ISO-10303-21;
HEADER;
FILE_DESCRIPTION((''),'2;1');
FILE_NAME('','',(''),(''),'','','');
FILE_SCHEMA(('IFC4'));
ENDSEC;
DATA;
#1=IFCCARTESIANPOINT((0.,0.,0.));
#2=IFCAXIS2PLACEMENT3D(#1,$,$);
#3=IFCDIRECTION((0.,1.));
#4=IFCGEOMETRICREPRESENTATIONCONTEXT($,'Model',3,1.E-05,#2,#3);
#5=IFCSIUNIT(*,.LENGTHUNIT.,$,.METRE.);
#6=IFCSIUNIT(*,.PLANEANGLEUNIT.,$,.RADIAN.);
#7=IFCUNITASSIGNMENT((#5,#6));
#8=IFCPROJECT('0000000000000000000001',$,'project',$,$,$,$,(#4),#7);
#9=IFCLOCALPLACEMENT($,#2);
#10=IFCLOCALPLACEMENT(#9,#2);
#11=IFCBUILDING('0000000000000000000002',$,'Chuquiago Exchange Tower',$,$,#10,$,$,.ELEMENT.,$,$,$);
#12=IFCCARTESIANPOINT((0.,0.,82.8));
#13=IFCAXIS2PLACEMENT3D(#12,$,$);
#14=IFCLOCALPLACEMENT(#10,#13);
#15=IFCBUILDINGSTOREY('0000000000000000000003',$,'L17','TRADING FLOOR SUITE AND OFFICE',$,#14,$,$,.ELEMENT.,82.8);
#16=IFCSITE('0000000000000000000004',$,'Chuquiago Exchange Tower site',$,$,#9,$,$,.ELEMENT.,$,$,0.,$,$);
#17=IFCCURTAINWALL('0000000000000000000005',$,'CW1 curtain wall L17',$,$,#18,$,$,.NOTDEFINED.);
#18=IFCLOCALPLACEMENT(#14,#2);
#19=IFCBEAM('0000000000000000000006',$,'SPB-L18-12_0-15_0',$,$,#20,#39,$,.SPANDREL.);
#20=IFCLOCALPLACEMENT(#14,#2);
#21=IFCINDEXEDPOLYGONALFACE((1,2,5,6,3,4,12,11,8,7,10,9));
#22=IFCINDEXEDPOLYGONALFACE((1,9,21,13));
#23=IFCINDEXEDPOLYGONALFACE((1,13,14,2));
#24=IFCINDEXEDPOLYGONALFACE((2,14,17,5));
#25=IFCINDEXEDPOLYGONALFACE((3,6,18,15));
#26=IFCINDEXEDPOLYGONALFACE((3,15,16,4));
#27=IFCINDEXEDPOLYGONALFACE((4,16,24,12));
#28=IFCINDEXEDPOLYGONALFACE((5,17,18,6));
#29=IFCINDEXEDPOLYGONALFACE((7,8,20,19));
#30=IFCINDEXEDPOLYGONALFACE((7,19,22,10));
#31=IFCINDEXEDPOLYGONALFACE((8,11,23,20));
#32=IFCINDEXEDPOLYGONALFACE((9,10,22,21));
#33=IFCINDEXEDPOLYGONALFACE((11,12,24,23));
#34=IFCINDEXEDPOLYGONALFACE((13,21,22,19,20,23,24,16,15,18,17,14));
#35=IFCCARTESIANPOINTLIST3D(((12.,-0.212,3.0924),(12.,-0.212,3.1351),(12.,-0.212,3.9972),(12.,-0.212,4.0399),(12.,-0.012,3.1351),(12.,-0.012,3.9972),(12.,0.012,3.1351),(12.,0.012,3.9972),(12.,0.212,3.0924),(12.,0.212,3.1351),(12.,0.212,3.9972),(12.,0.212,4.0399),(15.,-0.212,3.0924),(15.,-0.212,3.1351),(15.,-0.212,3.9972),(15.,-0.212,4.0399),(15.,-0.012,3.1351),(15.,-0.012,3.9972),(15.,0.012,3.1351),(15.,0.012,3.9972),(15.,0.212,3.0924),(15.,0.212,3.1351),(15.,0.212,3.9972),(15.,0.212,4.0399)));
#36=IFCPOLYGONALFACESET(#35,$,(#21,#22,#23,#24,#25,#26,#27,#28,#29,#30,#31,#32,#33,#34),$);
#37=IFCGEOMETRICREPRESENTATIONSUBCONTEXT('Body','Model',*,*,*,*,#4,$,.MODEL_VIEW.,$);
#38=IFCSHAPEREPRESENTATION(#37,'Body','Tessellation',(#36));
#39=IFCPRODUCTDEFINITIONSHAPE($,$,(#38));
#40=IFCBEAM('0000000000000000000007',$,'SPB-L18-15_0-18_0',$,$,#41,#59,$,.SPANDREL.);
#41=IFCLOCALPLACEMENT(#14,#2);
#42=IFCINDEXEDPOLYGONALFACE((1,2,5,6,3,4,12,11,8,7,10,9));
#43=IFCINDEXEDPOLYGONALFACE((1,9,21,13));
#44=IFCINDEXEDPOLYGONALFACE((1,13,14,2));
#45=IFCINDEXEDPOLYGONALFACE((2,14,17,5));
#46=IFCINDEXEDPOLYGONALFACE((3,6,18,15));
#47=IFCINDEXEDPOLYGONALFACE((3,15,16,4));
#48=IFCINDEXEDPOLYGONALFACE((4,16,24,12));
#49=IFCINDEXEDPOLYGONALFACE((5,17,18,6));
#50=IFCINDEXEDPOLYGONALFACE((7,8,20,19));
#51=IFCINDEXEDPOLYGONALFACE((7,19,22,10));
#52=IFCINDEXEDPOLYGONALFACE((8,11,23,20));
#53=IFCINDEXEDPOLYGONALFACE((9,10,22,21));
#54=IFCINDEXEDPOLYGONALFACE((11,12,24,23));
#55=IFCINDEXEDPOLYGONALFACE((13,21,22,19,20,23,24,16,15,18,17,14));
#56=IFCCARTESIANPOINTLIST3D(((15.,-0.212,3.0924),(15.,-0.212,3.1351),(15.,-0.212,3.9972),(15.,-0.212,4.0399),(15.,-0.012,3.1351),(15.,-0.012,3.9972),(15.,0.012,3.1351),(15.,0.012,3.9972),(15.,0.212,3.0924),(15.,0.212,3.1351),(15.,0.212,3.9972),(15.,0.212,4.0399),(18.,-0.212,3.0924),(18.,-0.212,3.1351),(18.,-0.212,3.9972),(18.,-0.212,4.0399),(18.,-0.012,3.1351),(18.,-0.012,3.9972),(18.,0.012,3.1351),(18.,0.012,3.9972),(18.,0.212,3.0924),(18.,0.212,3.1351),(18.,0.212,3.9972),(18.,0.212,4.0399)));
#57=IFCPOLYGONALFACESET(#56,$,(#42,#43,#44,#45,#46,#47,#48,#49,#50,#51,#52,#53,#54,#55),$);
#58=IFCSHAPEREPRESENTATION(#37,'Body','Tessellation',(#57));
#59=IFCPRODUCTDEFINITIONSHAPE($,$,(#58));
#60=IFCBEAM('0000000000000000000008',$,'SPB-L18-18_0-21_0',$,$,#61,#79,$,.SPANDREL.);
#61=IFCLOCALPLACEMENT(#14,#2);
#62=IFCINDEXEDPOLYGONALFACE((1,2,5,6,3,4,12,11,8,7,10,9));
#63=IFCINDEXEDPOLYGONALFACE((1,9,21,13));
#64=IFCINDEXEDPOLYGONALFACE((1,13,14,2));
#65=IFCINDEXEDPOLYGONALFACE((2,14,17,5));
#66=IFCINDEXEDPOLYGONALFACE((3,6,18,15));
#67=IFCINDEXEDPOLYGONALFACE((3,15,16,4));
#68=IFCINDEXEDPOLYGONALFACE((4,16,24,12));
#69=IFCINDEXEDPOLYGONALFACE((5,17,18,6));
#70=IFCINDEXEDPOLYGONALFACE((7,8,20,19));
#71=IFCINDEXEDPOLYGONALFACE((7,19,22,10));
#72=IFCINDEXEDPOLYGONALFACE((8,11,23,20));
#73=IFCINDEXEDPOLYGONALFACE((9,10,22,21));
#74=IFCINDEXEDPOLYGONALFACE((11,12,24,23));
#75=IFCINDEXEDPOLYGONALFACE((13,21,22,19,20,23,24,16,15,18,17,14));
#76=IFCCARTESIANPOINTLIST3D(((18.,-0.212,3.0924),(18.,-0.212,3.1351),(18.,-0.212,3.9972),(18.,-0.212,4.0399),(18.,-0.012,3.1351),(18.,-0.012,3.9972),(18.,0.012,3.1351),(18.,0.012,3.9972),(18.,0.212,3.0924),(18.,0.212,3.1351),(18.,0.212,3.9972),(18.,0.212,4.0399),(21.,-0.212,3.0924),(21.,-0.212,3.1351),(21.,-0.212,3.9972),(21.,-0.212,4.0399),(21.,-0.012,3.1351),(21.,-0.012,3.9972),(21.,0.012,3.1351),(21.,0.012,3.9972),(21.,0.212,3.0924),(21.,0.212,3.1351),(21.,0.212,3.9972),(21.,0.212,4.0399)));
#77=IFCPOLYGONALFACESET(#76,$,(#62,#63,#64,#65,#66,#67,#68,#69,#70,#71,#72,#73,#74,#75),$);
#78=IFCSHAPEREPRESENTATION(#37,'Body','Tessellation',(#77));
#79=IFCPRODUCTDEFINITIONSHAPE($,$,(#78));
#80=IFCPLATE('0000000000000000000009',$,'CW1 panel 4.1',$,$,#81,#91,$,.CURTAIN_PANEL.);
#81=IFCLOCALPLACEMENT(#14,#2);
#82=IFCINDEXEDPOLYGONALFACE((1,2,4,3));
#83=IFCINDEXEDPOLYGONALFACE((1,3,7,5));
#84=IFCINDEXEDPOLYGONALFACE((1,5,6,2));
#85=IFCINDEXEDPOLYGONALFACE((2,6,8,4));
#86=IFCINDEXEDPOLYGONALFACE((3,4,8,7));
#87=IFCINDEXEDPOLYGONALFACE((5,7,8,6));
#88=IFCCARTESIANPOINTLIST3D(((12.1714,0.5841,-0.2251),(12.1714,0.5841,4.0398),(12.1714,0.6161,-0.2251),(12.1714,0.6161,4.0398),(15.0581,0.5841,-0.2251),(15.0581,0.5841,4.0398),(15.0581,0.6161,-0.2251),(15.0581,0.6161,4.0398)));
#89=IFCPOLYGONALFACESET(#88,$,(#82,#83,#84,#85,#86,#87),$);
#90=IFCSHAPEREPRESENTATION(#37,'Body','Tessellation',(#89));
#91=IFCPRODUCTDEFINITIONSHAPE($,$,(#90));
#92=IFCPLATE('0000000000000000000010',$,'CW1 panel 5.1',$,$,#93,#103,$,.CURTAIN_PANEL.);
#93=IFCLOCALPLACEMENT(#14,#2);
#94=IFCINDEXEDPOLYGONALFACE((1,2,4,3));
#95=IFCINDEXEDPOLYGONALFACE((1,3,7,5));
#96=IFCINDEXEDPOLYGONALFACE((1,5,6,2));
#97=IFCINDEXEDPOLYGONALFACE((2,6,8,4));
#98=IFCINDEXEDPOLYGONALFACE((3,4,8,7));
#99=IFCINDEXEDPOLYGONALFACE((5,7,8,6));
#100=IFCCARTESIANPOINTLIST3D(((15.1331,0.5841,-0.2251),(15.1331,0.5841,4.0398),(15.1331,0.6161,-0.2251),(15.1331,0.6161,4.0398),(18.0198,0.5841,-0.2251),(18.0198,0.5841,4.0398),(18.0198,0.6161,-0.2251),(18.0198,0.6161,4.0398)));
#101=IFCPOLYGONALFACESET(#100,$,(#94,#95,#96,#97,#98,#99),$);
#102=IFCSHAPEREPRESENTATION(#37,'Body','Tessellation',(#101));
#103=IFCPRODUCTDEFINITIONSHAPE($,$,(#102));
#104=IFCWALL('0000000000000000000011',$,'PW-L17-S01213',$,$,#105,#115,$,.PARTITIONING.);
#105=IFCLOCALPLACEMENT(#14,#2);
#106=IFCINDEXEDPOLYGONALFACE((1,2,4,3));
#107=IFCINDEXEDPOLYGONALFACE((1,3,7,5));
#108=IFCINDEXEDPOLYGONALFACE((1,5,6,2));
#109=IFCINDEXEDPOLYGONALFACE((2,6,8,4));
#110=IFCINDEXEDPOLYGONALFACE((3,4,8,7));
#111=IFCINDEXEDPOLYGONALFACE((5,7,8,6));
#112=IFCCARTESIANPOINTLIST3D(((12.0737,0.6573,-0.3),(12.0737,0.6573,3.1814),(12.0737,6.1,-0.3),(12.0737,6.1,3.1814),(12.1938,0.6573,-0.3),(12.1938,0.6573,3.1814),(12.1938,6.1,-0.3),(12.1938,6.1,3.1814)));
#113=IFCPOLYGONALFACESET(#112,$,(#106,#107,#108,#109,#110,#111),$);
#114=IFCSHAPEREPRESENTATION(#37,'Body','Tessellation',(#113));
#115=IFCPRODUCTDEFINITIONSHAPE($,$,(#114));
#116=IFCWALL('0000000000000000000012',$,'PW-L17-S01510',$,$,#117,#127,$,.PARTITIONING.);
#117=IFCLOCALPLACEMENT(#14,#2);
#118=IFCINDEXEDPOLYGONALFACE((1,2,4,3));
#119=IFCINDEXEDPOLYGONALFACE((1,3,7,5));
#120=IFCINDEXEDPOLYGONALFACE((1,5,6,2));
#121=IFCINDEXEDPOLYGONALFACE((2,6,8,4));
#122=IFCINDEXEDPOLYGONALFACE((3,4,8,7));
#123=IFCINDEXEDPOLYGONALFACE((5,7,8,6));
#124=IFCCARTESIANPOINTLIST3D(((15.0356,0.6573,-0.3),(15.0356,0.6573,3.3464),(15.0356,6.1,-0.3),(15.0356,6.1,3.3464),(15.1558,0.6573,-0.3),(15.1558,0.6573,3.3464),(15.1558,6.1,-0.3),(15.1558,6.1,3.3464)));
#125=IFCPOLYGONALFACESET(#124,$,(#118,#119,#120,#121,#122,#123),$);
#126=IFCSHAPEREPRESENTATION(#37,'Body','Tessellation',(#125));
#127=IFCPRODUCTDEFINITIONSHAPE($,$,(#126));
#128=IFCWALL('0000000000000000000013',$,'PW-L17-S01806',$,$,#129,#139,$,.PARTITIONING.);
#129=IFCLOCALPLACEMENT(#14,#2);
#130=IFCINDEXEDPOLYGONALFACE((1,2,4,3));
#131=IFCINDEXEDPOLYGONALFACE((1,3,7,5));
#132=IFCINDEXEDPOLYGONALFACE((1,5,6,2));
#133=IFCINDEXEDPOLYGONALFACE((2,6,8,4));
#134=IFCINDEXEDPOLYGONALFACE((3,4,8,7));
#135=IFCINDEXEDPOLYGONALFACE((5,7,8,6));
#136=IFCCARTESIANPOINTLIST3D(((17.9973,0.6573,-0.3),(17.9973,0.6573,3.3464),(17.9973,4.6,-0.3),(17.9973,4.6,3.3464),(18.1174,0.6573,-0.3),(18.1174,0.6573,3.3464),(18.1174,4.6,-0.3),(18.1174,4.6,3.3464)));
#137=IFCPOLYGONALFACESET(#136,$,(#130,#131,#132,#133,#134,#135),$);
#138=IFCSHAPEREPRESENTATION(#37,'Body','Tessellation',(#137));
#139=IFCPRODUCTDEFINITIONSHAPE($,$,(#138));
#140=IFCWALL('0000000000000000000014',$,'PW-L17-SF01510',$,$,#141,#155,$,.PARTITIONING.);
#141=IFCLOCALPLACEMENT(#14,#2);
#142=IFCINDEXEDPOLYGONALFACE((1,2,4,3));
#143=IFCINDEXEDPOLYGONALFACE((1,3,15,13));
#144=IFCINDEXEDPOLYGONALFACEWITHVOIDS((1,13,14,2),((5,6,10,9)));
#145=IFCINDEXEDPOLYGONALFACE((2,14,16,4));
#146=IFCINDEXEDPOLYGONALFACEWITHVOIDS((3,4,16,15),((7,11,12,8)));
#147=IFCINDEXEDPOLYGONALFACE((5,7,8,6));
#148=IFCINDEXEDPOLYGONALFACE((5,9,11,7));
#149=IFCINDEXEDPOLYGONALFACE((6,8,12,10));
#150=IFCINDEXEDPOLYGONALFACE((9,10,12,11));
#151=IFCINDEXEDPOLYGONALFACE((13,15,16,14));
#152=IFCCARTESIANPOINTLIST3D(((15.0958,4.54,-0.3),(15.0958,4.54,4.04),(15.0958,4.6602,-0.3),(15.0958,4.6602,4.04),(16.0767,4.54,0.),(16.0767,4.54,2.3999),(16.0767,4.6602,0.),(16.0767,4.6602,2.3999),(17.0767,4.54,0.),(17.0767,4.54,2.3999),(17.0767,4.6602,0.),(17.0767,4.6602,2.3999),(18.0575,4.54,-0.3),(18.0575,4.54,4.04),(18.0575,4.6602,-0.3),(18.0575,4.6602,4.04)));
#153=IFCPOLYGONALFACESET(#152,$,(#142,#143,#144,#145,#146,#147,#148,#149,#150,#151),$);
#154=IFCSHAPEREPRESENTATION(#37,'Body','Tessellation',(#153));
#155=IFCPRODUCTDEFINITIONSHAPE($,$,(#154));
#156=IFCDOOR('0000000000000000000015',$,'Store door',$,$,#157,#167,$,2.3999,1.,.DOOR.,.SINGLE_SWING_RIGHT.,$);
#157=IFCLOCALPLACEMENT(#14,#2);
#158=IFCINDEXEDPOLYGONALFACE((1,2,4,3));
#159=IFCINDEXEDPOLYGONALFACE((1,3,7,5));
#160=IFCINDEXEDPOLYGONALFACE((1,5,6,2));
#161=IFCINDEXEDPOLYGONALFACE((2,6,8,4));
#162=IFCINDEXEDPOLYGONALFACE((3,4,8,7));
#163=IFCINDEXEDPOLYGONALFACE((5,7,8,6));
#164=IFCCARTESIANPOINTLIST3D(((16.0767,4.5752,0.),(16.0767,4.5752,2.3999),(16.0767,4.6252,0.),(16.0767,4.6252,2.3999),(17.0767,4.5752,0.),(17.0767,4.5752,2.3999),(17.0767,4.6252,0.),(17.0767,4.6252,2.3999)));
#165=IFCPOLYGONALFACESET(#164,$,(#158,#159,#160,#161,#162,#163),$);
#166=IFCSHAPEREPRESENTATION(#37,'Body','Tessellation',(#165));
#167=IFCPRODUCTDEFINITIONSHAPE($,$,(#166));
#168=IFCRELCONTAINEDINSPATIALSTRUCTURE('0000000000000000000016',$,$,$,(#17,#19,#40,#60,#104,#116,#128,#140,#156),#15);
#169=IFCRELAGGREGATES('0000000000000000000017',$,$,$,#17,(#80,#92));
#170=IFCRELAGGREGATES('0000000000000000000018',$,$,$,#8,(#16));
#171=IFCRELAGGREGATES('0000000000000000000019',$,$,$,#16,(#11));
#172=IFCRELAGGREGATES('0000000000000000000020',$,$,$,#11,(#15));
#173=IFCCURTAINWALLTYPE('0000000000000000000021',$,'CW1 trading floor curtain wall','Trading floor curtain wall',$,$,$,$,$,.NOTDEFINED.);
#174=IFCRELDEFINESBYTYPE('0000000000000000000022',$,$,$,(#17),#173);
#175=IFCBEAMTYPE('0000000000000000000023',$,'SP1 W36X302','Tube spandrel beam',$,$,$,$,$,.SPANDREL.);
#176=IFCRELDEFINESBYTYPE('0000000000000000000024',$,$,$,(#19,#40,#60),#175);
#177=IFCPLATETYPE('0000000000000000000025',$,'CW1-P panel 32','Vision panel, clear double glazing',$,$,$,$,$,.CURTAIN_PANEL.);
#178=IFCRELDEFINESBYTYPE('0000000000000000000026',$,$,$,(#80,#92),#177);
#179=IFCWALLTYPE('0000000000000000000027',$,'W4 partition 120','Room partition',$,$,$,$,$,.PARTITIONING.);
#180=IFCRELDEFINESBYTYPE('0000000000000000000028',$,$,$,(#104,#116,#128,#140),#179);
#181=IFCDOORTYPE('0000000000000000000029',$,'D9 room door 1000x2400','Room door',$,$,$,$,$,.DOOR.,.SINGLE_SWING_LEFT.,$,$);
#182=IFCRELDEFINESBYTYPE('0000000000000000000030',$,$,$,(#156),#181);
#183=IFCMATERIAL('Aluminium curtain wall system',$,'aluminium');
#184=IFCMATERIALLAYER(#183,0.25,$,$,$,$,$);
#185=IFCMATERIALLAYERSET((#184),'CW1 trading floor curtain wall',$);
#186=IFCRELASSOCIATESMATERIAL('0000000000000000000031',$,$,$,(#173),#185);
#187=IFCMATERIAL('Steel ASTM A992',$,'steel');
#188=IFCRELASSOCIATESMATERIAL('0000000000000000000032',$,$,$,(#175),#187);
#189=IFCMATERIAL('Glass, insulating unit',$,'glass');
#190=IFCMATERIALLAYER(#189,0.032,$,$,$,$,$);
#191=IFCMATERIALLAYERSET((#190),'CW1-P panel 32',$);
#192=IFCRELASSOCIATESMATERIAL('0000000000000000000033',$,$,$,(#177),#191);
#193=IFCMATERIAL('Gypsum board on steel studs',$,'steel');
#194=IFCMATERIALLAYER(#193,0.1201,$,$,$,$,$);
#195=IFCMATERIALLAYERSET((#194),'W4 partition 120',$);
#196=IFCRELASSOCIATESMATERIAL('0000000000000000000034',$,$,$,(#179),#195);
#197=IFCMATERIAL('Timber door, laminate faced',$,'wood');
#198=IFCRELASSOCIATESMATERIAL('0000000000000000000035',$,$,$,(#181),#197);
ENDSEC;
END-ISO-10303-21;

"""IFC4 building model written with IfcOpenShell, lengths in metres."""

from ifc_helpers import new_model, si_unit, direction, frame, frame_2d, origin, origin_2d, place, context, subcontext, project, spatial, rectangle, i_section, extrude, material, layer, layer_set, material_profile, profile_set, type_object, element, fill, aggregate, save


model = new_model("IFC4")

# Units and contexts
model_context = context("Model", 3, precision=1e-05, world=origin(), true_north=direction((0.0, 1.0)))
body_context = subcontext(model_context, "Body", "Model", "MODEL_VIEW")
ifc_project = project(units=[si_unit("LENGTHUNIT", "METRE"), si_unit("PLANEANGLEUNIT", "RADIAN")], contexts=[model_context])

# Site, building, storey
site_placement = place(None, origin())
site = spatial("IfcSite", under=ifc_project, at=site_placement, Name="Chuquiago Exchange Tower site", CompositionType="ELEMENT", RefElevation=0.0)
building_placement = place(site_placement, origin())
building = spatial("IfcBuilding", under=site, at=building_placement, Name="Chuquiago Exchange Tower", CompositionType="ELEMENT")
storey_placement = place(building_placement, frame((0.0, 0.0, 82.8)))
storey = spatial("IfcBuildingStorey", under=building, at=storey_placement, Name="L17", Description="TRADING FLOOR SUITE AND OFFICE", CompositionType="ELEMENT", Elevation=82.8)

# Curtain wall
ifc_material_1 = material(Name="Aluminium curtain wall system", Category="aluminium")
ifc_layer_1 = layer(ifc_material_1, 0.25)
ifc_layer_set_1 = layer_set([ifc_layer_1], Name="CW1 trading floor curtain wall")
curtain_wall_type = type_object("IfcCurtainWallType", Name="CW1 trading floor curtain wall", Description="Trading floor curtain wall", PredefinedType="NOTDEFINED", material=ifc_layer_set_1)
curtain_wall_placement = place(storey_placement, origin())
curtain_wall = element("IfcCurtainWall", 1, at=curtain_wall_placement, inside=storey, type_object=curtain_wall_type, Name="CW1 curtain wall L17", PredefinedType="NOTDEFINED")

# Beams
ifc_material_2 = material(Name="Steel ASTM A992", Category="steel")
ifc_material_profile_1 = material_profile(ifc_material_2, i_section(OverallWidth=0.4241, OverallDepth=0.9475, WebThickness=0.0239, FlangeThickness=0.0427, at=origin_2d()), Name="W36X302")
ifc_profile_set_1 = profile_set([ifc_material_profile_1], Name="Steel ASTM A992")
beam_type_1 = type_object("IfcBeamType", Name="SP1 W36X302", Description="Tube spandrel beam", PredefinedType="SPANDREL", material=ifc_profile_set_1)
for number, where, z_axis, x_axis, name in (
    (2, (12.0, 0.0, 3.5662), (1.0, 0.0, 0.0), (0.0, 1.0, 0.0), "SPB-L18-12_0-15_0"),
    (3, (15.0, 0.0, 3.5662), (1.0, 0.0, 0.0), (0.0, 1.0, 0.0), "SPB-L18-15_0-18_0"),
    (4, (18.0, 0.0, 3.5662), (1.0, 0.0, 0.0), (0.0, 1.0, 0.0), "SPB-L18-18_0-21_0"),
):
    element("IfcBeam", number, at=place(storey_placement, frame(where, z_axis=z_axis, x_axis=x_axis)), inside=storey, type_object=beam_type_1, Name=name, PredefinedType="SPANDREL", context=body_context, shape_type="SweptSolid", body=[
        extrude(i_section(OverallWidth=0.4241, OverallDepth=0.9475, WebThickness=0.0239, FlangeThickness=0.0427, at=origin_2d()), origin(), (0.0, 0.0, 1.0), 3.0),
    ])

# Plates
ifc_material_3 = material(Name="Glass, insulating unit", Category="glass")
ifc_layer_2 = layer(ifc_material_3, 0.032)
ifc_layer_set_2 = layer_set([ifc_layer_2], Name="CW1-P panel 32")
plate_type = type_object("IfcPlateType", Name="CW1-P panel 32", Description="Vision panel, clear double glazing", PredefinedType="CURTAIN_PANEL", material=ifc_layer_set_2)
plate_1_placement = place(storey_placement, frame((13.6147, 0.6001, -0.2251), z_axis=(0.0, 0.0, 1.0), x_axis=(1.0, 0.0, 0.0)))
plate_1 = element("IfcPlate", 5, at=plate_1_placement, type_object=plate_type, Name="CW1 panel 4.1", PredefinedType="CURTAIN_PANEL", context=body_context, shape_type="SweptSolid", body=[
    extrude(rectangle(XDim=2.8867, YDim=0.032, at=origin_2d()), origin(), (0.0, 0.0, 1.0), 4.2649),
])
plate_2_placement = place(storey_placement, frame((16.5764, 0.6001, -0.2251), z_axis=(0.0, 0.0, 1.0), x_axis=(1.0, 0.0, 0.0)))
plate_2 = element("IfcPlate", 6, at=plate_2_placement, type_object=plate_type, Name="CW1 panel 5.1", PredefinedType="CURTAIN_PANEL", context=body_context, shape_type="SweptSolid", body=[
    extrude(rectangle(XDim=2.8867, YDim=0.032, at=origin_2d()), origin(), (0.0, 0.0, 1.0), 4.2649),
])
aggregate(curtain_wall, [plate_1, plate_2])

# Walls
ifc_material_4 = material(Name="Gypsum board on steel studs", Category="steel")
ifc_layer_3 = layer(ifc_material_4, 0.1201)
ifc_layer_set_3 = layer_set([ifc_layer_3], Name="W4 partition 120")
wall_type = type_object("IfcWallType", Name="W4 partition 120", Description="Room partition", PredefinedType="PARTITIONING", material=ifc_layer_set_3)
wall_1_placement = place(storey_placement, frame((12.1338, 0.6575, -0.3), z_axis=(0.0, 0.0, 1.0), x_axis=(0.0, 1.0, 0.0)))
element("IfcWall", 7, at=wall_1_placement, inside=storey, type_object=wall_type, Name="PW-L17-S01213", PredefinedType="PARTITIONING", context=body_context, shape_type="SweptSolid", body=[
    extrude(rectangle(XDim=5.4426, YDim=0.1201, at=frame_2d((2.7212, 0.0))), origin(), (0.0, 0.0, 1.0), 3.4814),
])
wall_2_placement = place(storey_placement, frame((15.0957, 0.6575, -0.3), z_axis=(0.0, 0.0, 1.0), x_axis=(0.0, 1.0, 0.0)))
element("IfcWall", 8, at=wall_2_placement, inside=storey, type_object=wall_type, Name="PW-L17-S01510", PredefinedType="PARTITIONING", context=body_context, shape_type="SweptSolid", body=[
    extrude(rectangle(XDim=5.4426, YDim=0.1201, at=frame_2d((2.7212, 0.0))), origin(), (0.0, 0.0, 1.0), 3.6465),
])
wall_3_placement = place(storey_placement, frame((18.0574, 0.6575, -0.3), z_axis=(0.0, 0.0, 1.0), x_axis=(0.0, 1.0, 0.0)))
element("IfcWall", 9, at=wall_3_placement, inside=storey, type_object=wall_type, Name="PW-L17-S01806", PredefinedType="PARTITIONING", context=body_context, shape_type="SweptSolid", body=[
    extrude(rectangle(XDim=3.9426, YDim=0.1201, at=frame_2d((1.9712, 0.0))), origin(), (0.0, 0.0, 1.0), 3.6465),
])

# Wall, opening, door
wall_4_placement = place(storey_placement, frame((15.0957, 4.6001, -0.3), z_axis=(0.0, 0.0, 1.0), x_axis=(1.0, 0.0, 0.0)))
wall_4 = element("IfcWall", 10, at=wall_4_placement, inside=storey, type_object=wall_type, Name="PW-L17-SF01510", PredefinedType="PARTITIONING", context=body_context, shape_type="SweptSolid", body=[
    extrude(rectangle(XDim=2.9617, YDim=0.1201, at=frame_2d((1.481, 0.0))), origin(), (0.0, 0.0, 1.0), 4.3401),
])
opening_placement = place(wall_4_placement, frame((0.981, 0.0, 0.3)))
opening = element("IfcOpeningElement", 11, at=opening_placement, cuts=wall_4, PredefinedType="OPENING", context=body_context, shape_type="SweptSolid", body=[
    extrude(rectangle(XDim=1.0, YDim=2.3999, at=frame_2d((0.5, 1.2))), frame((0.0, 0.0701, 0.0), z_axis=(0.0, -1.0, 0.0), x_axis=(1.0, 0.0, 0.0)), (0.0, 0.0, 1.0), 0.1401),
])
ifc_material_5 = material(Name="Timber door, laminate faced", Category="wood")
door_type = type_object("IfcDoorType", Name="D9 room door 1000x2400", Description="Room door", OperationType="SINGLE_SWING_LEFT", PredefinedType="DOOR", material=ifc_material_5)
door_placement = place(opening_placement, frame((1.0, 0.0, 0.0), z_axis=(0.0, 0.0, 1.0), x_axis=(-1.0, 0.0, 0.0)))
door = element("IfcDoor", 12, at=door_placement, inside=storey, type_object=door_type, Name="Store door", OperationType="SINGLE_SWING_RIGHT", OverallHeight=2.3999, OverallWidth=1.0, PredefinedType="DOOR", context=body_context, shape_type="SweptSolid", body=[
    extrude(rectangle(XDim=1.0, YDim=2.3999, at=frame_2d((0.5, 1.2))), frame((0.0, 0.0249, 0.0), z_axis=(0.0, -1.0, 0.0), x_axis=(1.0, 0.0, 0.0)), (0.0, 0.0, 1.0), 0.05),
])
fill(opening, door)

save(model, "model.ifc")
